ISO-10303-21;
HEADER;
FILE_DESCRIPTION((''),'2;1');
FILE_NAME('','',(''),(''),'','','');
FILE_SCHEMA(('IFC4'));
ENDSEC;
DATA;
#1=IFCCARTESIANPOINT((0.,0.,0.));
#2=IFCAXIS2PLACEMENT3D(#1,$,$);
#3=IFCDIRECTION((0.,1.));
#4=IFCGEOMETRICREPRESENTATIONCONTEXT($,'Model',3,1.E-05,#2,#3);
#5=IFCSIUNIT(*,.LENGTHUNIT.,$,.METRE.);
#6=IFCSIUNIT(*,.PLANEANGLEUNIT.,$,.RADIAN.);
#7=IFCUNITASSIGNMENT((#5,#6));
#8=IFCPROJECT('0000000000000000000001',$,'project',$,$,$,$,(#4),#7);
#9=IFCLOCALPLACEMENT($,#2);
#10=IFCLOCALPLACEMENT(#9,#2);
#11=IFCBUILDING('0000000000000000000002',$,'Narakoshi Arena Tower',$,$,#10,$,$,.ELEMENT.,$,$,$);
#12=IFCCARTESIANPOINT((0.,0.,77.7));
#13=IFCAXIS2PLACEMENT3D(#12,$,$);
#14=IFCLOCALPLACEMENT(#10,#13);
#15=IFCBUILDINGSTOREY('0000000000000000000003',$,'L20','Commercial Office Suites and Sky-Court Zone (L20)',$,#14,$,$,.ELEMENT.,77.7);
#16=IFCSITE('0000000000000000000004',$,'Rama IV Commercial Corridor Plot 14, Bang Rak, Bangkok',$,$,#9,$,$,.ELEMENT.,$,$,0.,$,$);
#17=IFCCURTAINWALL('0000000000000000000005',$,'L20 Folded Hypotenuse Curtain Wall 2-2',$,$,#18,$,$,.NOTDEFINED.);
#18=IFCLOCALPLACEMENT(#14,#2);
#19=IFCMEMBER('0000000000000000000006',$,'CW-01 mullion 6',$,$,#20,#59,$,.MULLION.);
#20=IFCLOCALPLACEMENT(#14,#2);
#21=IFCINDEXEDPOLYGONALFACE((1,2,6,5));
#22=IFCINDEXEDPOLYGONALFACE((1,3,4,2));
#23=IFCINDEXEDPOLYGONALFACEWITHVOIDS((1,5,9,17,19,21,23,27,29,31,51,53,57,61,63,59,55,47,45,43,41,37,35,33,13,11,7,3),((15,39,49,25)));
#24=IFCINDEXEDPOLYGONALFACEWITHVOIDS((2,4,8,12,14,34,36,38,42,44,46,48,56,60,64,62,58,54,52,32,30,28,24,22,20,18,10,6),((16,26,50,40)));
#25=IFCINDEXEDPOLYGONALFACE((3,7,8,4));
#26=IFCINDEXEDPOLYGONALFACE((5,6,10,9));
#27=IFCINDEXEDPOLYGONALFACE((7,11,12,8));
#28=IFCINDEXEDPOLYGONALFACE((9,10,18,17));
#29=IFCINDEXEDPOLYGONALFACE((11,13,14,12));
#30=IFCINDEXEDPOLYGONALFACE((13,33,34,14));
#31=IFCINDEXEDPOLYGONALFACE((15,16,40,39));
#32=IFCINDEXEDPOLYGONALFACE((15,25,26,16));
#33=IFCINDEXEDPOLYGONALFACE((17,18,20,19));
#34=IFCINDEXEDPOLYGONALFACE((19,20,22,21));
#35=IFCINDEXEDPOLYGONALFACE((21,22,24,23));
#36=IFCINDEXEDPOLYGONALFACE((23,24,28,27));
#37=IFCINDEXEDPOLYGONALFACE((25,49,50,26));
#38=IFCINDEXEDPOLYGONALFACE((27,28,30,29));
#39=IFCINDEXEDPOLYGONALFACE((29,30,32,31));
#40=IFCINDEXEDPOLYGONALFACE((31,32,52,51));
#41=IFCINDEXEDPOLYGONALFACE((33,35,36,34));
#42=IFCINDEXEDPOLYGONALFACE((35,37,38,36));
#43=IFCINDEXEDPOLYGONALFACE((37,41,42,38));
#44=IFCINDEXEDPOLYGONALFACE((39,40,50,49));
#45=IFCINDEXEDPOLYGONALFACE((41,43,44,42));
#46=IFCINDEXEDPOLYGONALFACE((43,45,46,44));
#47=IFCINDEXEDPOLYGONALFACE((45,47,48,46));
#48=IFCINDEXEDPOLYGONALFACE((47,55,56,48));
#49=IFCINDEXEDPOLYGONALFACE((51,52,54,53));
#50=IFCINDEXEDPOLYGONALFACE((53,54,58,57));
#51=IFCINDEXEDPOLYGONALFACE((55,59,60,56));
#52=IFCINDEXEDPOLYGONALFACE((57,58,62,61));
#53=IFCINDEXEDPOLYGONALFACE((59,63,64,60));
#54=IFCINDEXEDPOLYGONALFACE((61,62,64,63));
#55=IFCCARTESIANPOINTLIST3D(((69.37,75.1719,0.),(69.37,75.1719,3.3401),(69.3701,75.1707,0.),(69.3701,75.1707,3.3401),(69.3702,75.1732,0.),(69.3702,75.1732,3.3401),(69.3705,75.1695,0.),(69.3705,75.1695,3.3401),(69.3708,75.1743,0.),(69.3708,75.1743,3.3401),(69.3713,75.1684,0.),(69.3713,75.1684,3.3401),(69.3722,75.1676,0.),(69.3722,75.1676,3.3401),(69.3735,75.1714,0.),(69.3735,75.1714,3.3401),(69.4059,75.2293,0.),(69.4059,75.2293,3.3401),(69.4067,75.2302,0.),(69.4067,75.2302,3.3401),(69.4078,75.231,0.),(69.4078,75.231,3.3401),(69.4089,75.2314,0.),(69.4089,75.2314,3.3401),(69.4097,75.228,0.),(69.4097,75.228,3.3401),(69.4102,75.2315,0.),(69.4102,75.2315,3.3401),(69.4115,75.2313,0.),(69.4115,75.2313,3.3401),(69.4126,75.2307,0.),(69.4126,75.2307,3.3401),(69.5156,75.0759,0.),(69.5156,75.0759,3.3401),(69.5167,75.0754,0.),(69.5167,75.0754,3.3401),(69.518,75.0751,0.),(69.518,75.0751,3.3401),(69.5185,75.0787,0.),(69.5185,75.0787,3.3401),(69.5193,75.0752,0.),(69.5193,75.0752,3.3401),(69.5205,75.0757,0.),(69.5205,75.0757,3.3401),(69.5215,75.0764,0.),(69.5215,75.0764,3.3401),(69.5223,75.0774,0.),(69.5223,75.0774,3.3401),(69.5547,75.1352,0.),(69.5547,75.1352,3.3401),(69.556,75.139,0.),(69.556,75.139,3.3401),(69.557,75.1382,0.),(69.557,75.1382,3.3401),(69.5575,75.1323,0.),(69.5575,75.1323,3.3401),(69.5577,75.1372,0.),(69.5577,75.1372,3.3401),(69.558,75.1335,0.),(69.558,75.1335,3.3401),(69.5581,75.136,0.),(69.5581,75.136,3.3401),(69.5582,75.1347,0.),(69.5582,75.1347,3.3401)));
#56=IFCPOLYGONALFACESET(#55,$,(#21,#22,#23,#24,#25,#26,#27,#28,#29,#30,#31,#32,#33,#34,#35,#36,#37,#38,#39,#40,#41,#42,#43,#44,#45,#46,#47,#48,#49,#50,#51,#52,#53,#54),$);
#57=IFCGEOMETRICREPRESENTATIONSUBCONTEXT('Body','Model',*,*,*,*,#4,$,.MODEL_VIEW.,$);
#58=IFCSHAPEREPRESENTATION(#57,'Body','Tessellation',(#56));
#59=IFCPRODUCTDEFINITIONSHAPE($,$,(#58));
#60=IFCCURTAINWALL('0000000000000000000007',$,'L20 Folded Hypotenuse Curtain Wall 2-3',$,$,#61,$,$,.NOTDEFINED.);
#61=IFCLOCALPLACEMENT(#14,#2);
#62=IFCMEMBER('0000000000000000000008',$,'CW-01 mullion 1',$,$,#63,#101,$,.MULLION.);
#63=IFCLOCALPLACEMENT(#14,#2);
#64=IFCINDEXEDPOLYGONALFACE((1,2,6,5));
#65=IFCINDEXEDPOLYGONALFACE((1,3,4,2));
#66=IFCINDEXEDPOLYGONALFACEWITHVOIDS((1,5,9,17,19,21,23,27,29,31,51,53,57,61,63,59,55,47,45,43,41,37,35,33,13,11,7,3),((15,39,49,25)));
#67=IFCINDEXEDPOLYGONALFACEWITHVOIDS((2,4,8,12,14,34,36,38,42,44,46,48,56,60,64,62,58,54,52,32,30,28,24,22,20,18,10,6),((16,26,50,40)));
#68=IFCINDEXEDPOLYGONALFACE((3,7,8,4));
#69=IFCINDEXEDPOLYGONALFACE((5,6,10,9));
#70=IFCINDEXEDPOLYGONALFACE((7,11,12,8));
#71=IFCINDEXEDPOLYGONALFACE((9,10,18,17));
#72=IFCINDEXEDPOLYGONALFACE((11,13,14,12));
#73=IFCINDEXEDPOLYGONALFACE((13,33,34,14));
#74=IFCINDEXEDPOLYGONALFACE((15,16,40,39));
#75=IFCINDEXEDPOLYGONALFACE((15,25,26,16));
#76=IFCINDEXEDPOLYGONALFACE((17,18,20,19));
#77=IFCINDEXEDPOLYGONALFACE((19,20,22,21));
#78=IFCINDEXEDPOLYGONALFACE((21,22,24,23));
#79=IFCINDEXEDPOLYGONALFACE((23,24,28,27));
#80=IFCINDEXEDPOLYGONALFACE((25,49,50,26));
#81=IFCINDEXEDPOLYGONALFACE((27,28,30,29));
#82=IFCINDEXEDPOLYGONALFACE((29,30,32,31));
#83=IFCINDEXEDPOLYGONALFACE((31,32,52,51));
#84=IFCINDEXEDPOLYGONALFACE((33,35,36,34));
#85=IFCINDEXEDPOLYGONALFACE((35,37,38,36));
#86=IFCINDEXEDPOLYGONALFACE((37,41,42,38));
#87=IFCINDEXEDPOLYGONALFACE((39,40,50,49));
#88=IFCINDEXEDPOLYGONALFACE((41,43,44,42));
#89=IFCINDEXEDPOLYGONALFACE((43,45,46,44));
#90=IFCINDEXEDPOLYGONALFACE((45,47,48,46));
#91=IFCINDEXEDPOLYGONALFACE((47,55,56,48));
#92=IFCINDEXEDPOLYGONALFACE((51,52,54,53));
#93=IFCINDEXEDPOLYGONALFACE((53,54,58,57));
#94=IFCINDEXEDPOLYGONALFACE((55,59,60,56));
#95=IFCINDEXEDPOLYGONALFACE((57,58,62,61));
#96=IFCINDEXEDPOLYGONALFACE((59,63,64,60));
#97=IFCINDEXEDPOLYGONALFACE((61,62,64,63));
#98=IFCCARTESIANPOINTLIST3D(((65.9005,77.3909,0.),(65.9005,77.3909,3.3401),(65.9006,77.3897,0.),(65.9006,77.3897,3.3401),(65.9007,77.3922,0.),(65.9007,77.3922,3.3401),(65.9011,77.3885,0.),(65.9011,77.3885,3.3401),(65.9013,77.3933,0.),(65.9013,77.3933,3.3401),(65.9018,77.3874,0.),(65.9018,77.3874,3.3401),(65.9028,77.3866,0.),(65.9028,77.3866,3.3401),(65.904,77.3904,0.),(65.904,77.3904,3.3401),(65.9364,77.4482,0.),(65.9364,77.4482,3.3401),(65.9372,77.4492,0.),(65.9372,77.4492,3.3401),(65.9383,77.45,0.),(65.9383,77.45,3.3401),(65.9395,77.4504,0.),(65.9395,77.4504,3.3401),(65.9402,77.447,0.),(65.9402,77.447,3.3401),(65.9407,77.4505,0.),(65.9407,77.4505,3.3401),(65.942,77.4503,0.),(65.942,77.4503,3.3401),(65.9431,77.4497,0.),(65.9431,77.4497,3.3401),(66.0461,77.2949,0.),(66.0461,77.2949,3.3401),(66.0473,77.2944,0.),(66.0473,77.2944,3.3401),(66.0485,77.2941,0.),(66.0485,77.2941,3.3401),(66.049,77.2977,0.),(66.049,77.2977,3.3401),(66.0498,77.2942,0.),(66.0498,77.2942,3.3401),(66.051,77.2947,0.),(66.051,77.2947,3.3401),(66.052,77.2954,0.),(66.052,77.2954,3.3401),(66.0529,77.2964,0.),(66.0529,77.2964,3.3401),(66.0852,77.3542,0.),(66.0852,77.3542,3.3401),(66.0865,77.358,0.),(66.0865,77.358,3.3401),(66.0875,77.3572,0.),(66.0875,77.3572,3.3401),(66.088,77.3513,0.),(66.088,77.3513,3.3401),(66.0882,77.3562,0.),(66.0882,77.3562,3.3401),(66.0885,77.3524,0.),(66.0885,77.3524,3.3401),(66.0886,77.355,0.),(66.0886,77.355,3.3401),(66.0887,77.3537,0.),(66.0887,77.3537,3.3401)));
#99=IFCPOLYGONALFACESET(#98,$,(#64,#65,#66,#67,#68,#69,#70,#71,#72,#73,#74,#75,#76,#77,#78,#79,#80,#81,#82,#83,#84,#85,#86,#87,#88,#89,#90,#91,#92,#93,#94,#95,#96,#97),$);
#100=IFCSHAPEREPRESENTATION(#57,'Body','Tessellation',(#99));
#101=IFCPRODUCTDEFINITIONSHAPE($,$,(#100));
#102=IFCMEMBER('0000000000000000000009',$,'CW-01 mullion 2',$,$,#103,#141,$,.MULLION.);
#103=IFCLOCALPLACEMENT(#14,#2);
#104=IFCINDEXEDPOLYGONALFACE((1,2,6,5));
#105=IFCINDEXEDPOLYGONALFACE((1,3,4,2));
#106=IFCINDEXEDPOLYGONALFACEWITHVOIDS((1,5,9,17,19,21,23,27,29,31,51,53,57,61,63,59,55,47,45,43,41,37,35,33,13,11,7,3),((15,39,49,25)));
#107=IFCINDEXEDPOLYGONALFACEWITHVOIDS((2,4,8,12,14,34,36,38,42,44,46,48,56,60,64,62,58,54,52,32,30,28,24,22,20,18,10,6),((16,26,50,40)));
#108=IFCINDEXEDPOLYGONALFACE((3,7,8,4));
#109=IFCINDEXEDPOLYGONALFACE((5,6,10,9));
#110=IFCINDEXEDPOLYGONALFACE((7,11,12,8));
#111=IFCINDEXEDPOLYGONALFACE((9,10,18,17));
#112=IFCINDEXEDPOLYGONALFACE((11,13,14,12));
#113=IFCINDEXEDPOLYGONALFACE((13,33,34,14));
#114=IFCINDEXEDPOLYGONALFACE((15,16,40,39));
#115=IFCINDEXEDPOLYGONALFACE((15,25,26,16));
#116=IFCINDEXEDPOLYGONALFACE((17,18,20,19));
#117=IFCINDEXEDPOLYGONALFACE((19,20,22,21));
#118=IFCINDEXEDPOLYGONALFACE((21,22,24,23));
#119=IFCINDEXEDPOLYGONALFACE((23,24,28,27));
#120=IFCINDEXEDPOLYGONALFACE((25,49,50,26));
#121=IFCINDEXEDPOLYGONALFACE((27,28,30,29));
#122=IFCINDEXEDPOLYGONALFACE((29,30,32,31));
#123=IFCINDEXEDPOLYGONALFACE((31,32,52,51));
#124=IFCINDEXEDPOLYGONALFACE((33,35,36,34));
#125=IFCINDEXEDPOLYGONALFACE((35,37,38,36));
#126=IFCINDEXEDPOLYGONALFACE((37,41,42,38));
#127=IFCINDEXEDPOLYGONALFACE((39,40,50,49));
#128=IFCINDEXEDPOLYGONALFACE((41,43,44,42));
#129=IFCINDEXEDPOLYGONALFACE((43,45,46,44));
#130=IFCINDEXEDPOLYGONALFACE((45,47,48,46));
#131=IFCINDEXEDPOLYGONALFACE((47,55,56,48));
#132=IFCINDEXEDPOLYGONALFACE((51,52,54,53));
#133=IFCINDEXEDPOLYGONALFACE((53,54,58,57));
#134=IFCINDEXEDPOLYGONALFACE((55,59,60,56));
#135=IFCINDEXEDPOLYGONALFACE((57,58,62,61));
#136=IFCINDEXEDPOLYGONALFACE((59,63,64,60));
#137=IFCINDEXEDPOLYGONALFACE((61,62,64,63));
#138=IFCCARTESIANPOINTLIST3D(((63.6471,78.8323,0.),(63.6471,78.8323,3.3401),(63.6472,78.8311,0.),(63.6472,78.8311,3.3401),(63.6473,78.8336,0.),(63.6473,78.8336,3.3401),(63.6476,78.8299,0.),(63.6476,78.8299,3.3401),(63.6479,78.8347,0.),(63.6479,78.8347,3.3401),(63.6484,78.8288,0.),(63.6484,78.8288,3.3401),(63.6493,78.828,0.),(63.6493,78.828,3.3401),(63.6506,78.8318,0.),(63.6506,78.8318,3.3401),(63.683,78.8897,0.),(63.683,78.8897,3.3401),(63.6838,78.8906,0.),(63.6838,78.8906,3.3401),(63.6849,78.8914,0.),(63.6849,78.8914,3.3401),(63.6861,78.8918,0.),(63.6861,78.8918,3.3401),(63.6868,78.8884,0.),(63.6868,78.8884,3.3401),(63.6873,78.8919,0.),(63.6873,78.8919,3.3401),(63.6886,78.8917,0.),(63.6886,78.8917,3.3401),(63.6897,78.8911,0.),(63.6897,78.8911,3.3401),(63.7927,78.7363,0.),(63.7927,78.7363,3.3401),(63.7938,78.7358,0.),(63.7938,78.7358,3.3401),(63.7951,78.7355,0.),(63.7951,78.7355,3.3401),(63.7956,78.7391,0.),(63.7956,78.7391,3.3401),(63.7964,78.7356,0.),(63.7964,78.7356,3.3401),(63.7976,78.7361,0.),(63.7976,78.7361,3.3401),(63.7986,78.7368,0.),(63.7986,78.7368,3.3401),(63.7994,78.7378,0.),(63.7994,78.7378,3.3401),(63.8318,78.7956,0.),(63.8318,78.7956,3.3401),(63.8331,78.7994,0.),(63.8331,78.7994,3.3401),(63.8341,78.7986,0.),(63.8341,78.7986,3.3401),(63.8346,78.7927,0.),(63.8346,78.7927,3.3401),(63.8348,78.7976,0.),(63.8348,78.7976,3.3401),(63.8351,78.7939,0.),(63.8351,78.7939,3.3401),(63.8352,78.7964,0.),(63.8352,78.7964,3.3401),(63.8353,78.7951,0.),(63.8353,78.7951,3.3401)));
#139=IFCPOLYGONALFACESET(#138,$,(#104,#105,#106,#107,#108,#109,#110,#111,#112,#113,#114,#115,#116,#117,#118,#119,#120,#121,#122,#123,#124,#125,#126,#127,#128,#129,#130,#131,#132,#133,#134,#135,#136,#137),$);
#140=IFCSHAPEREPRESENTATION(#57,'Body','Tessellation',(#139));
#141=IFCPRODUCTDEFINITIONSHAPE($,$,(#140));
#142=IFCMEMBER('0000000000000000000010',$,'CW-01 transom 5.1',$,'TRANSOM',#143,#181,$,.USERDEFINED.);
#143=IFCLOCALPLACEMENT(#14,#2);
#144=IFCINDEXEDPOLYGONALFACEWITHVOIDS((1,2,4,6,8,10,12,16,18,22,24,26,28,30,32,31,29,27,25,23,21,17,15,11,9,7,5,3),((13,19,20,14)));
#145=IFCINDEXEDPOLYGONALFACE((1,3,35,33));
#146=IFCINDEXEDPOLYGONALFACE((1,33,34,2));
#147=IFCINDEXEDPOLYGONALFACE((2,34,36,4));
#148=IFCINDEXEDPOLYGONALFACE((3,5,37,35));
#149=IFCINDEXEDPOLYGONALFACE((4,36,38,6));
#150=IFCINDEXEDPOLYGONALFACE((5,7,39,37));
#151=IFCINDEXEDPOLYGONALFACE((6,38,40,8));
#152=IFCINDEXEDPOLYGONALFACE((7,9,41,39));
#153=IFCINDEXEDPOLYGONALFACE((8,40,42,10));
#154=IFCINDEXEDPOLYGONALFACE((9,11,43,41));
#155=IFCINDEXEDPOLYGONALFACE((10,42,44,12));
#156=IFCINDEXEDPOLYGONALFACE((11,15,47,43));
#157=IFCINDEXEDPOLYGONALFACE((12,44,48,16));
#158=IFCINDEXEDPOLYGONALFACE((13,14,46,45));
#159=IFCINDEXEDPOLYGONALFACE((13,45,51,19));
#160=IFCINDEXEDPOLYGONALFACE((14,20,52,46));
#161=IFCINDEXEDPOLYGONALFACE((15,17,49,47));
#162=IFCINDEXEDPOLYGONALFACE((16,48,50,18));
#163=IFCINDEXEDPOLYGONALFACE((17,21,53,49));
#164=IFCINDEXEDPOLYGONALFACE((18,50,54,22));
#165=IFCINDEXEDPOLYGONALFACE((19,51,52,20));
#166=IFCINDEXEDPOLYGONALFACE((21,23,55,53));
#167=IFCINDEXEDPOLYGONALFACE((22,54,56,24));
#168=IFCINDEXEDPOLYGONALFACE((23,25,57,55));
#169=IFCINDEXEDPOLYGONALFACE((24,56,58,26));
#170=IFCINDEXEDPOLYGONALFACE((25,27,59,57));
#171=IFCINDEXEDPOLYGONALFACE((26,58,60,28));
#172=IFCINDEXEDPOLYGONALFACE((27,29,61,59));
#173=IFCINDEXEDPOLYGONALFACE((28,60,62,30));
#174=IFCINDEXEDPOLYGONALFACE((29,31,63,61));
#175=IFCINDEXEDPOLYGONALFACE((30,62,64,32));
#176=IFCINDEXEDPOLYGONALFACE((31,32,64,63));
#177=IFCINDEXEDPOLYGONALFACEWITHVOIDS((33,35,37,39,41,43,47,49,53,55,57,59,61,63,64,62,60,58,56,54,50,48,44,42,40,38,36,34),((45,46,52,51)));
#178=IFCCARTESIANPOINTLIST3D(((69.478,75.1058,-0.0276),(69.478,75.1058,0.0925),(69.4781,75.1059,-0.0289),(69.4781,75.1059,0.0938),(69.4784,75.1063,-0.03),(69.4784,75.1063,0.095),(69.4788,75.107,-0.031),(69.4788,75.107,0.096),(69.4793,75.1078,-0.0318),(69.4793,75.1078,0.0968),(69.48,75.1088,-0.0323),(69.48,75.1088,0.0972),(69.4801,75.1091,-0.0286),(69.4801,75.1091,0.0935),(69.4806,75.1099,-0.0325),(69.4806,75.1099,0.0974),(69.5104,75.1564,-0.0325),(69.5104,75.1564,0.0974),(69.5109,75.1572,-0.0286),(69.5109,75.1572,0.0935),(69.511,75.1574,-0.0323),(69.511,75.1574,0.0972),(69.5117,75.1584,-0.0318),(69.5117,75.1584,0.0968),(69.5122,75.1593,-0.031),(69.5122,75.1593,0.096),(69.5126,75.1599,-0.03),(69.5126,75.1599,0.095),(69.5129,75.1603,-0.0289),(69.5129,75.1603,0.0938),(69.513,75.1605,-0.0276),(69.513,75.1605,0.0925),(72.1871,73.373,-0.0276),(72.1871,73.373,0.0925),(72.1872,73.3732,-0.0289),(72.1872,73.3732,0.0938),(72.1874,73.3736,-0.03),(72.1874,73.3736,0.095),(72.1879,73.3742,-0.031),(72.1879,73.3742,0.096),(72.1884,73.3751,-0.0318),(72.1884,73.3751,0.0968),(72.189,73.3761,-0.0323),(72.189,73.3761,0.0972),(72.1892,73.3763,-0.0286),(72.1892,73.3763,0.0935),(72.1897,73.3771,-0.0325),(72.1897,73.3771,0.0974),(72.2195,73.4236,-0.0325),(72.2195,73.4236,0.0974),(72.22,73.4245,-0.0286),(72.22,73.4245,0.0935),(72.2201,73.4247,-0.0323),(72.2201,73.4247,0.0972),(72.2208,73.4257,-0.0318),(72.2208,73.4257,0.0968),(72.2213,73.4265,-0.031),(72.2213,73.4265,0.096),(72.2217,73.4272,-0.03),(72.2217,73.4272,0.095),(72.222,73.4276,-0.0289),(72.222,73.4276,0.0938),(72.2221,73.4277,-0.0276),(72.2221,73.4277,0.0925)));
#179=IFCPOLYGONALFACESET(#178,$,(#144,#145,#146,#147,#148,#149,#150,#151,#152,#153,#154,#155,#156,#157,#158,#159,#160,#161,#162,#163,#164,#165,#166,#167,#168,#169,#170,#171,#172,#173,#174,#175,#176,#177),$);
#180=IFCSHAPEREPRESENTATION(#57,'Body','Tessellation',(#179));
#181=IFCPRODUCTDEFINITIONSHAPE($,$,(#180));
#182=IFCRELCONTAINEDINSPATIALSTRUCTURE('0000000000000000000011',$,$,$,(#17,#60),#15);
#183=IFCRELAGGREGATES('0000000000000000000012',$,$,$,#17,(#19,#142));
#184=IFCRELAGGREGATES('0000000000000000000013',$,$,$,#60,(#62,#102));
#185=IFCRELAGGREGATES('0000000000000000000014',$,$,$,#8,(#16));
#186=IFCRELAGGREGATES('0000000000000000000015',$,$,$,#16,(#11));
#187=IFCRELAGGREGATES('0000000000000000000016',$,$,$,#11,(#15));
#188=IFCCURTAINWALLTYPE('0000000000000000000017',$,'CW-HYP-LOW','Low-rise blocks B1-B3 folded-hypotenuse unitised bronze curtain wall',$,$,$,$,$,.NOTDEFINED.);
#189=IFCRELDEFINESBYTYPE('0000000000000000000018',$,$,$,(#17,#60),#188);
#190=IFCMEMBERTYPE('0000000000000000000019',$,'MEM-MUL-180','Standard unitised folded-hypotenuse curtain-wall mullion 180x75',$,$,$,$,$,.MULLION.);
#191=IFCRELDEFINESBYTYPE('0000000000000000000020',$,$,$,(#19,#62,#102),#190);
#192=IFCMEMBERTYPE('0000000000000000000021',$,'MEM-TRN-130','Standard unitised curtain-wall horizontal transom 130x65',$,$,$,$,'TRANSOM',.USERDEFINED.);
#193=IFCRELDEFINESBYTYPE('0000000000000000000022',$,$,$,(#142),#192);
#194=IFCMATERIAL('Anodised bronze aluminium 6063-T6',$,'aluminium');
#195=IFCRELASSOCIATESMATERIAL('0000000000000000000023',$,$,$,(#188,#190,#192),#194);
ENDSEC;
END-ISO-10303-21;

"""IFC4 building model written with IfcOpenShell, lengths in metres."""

from ifc_helpers import new_model, si_unit, direction, frame, origin, origin_2d, place, context, subcontext, project, spatial, hollow_rectangle, extrude, material, material_profile, profile_set, type_object, element, aggregate, save


model = new_model("IFC4")

# Units and contexts
model_context = context("Model", 3, precision=1e-05, world=origin(), true_north=direction((0.0, 1.0)))
body_context = subcontext(model_context, "Body", "Model", "MODEL_VIEW")
ifc_project = project(units=[si_unit("LENGTHUNIT", "METRE"), si_unit("PLANEANGLEUNIT", "RADIAN")], contexts=[model_context])

# Site, building, storey
site_placement = place(None, origin())
site = spatial("IfcSite", under=ifc_project, at=site_placement, Name="Rama IV Commercial Corridor Plot 14, Bang Rak, Bangkok", CompositionType="ELEMENT", RefElevation=0.0)
building_placement = place(site_placement, origin())
building = spatial("IfcBuilding", under=site, at=building_placement, Name="Narakoshi Arena Tower", CompositionType="ELEMENT")
storey_placement = place(building_placement, frame((0.0, 0.0, 77.7)))
storey = spatial("IfcBuildingStorey", under=building, at=storey_placement, Name="L20", Description="Commercial Office Suites and Sky-Court Zone (L20)", CompositionType="ELEMENT", Elevation=77.7)

# Curtain wall, member
ifc_material_1 = material(Name="Anodised bronze aluminium 6063-T6", Category="aluminium")
curtain_wall_type = type_object("IfcCurtainWallType", Name="CW-HYP-LOW", Description="Low-rise blocks B1-B3 folded-hypotenuse unitised bronze curtain wall", PredefinedType="NOTDEFINED", material=ifc_material_1)
curtain_wall_1_placement = place(storey_placement, origin())
curtain_wall_1 = element("IfcCurtainWall", 1, at=curtain_wall_1_placement, inside=storey, type_object=curtain_wall_type, Name="L20 Folded Hypotenuse Curtain Wall 2-2", PredefinedType="NOTDEFINED")
ifc_material_profile_1 = material_profile(ifc_material_1, hollow_rectangle(XDim=0.075, YDim=0.1799, WallThickness=0.0039, OuterFilletRadius=0.0049, at=origin_2d()), Name="MUL180x75x4")
ifc_profile_set_1 = profile_set([ifc_material_profile_1], Name="Anodised bronze aluminium 6063-T6")
member_type_1 = type_object("IfcMemberType", Name="MEM-MUL-180", Description="Standard unitised folded-hypotenuse curtain-wall mullion 180x75", PredefinedType="MULLION", material=ifc_profile_set_1)
member_1_placement = place(storey_placement, frame((69.4641, 75.1533, 0.0), z_axis=(0.0, 0.0, 1.0), x_axis=(-0.538829, -0.842415, 0.0)))
member_1 = element("IfcMember", 2, at=member_1_placement, type_object=member_type_1, Name="CW-01 mullion 6", PredefinedType="MULLION", context=body_context, shape_type="SweptSolid", body=[
    extrude(hollow_rectangle(XDim=0.075, YDim=0.1799, WallThickness=0.0039, OuterFilletRadius=0.0049, at=origin_2d()), origin(), (0.0, 0.0, 1.0), 3.3401),
])

# Curtain wall, members
curtain_wall_2_placement = place(storey_placement, origin())
curtain_wall_2 = element("IfcCurtainWall", 3, at=curtain_wall_2_placement, inside=storey, type_object=curtain_wall_type, Name="L20 Folded Hypotenuse Curtain Wall 2-3", PredefinedType="NOTDEFINED")
member_2_placement = place(storey_placement, frame((65.9946, 77.3723, 0.0), z_axis=(0.0, 0.0, 1.0), x_axis=(-0.538841, -0.842407, 0.0)))
member_2 = element("IfcMember", 4, at=member_2_placement, type_object=member_type_1, Name="CW-01 mullion 1", PredefinedType="MULLION", context=body_context, shape_type="SweptSolid", body=[
    extrude(hollow_rectangle(XDim=0.075, YDim=0.1799, WallThickness=0.0039, OuterFilletRadius=0.0049, at=origin_2d()), origin(), (0.0, 0.0, 1.0), 3.3401),
])
member_3_placement = place(storey_placement, frame((63.7412, 78.8137, 0.0), z_axis=(0.0, 0.0, 1.0), x_axis=(-0.538841, -0.842407, 0.0)))
member_3 = element("IfcMember", 5, at=member_3_placement, type_object=member_type_1, Name="CW-01 mullion 2", PredefinedType="MULLION", context=body_context, shape_type="SweptSolid", body=[
    extrude(hollow_rectangle(XDim=0.075, YDim=0.1799, WallThickness=0.0039, OuterFilletRadius=0.0049, at=origin_2d()), origin(), (0.0, 0.0, 1.0), 3.3401),
])

# Member
ifc_material_profile_2 = material_profile(ifc_material_1, hollow_rectangle(XDim=0.0649, YDim=0.1299, WallThickness=0.0039, OuterFilletRadius=0.0049, at=origin_2d()), Name="TRN130x65x4")
ifc_profile_set_2 = profile_set([ifc_material_profile_2], Name="Anodised bronze aluminium 6063-T6")
member_type_2 = type_object("IfcMemberType", Name="MEM-TRN-130", Description="Standard unitised curtain-wall horizontal transom 130x65", ElementType="TRANSOM", PredefinedType="USERDEFINED", material=ifc_profile_set_2)
member_4_placement = place(storey_placement, frame((72.2046, 73.4004, 0.0325), z_axis=(-0.842424, 0.538815, 0.0), x_axis=(-0.538815, -0.842424, 0.0)))
member_4 = element("IfcMember", 6, at=member_4_placement, type_object=member_type_2, Name="CW-01 transom 5.1", ObjectType="TRANSOM", PredefinedType="USERDEFINED", context=body_context, shape_type="SweptSolid", body=[
    extrude(hollow_rectangle(XDim=0.0649, YDim=0.1299, WallThickness=0.0039, OuterFilletRadius=0.0049, at=origin_2d()), origin(), (0.0, 0.0, 1.0), 3.2158),
])

aggregate(curtain_wall_1, [member_1, member_4])
aggregate(curtain_wall_2, [member_2, member_3])

save(model, "model.ifc")
